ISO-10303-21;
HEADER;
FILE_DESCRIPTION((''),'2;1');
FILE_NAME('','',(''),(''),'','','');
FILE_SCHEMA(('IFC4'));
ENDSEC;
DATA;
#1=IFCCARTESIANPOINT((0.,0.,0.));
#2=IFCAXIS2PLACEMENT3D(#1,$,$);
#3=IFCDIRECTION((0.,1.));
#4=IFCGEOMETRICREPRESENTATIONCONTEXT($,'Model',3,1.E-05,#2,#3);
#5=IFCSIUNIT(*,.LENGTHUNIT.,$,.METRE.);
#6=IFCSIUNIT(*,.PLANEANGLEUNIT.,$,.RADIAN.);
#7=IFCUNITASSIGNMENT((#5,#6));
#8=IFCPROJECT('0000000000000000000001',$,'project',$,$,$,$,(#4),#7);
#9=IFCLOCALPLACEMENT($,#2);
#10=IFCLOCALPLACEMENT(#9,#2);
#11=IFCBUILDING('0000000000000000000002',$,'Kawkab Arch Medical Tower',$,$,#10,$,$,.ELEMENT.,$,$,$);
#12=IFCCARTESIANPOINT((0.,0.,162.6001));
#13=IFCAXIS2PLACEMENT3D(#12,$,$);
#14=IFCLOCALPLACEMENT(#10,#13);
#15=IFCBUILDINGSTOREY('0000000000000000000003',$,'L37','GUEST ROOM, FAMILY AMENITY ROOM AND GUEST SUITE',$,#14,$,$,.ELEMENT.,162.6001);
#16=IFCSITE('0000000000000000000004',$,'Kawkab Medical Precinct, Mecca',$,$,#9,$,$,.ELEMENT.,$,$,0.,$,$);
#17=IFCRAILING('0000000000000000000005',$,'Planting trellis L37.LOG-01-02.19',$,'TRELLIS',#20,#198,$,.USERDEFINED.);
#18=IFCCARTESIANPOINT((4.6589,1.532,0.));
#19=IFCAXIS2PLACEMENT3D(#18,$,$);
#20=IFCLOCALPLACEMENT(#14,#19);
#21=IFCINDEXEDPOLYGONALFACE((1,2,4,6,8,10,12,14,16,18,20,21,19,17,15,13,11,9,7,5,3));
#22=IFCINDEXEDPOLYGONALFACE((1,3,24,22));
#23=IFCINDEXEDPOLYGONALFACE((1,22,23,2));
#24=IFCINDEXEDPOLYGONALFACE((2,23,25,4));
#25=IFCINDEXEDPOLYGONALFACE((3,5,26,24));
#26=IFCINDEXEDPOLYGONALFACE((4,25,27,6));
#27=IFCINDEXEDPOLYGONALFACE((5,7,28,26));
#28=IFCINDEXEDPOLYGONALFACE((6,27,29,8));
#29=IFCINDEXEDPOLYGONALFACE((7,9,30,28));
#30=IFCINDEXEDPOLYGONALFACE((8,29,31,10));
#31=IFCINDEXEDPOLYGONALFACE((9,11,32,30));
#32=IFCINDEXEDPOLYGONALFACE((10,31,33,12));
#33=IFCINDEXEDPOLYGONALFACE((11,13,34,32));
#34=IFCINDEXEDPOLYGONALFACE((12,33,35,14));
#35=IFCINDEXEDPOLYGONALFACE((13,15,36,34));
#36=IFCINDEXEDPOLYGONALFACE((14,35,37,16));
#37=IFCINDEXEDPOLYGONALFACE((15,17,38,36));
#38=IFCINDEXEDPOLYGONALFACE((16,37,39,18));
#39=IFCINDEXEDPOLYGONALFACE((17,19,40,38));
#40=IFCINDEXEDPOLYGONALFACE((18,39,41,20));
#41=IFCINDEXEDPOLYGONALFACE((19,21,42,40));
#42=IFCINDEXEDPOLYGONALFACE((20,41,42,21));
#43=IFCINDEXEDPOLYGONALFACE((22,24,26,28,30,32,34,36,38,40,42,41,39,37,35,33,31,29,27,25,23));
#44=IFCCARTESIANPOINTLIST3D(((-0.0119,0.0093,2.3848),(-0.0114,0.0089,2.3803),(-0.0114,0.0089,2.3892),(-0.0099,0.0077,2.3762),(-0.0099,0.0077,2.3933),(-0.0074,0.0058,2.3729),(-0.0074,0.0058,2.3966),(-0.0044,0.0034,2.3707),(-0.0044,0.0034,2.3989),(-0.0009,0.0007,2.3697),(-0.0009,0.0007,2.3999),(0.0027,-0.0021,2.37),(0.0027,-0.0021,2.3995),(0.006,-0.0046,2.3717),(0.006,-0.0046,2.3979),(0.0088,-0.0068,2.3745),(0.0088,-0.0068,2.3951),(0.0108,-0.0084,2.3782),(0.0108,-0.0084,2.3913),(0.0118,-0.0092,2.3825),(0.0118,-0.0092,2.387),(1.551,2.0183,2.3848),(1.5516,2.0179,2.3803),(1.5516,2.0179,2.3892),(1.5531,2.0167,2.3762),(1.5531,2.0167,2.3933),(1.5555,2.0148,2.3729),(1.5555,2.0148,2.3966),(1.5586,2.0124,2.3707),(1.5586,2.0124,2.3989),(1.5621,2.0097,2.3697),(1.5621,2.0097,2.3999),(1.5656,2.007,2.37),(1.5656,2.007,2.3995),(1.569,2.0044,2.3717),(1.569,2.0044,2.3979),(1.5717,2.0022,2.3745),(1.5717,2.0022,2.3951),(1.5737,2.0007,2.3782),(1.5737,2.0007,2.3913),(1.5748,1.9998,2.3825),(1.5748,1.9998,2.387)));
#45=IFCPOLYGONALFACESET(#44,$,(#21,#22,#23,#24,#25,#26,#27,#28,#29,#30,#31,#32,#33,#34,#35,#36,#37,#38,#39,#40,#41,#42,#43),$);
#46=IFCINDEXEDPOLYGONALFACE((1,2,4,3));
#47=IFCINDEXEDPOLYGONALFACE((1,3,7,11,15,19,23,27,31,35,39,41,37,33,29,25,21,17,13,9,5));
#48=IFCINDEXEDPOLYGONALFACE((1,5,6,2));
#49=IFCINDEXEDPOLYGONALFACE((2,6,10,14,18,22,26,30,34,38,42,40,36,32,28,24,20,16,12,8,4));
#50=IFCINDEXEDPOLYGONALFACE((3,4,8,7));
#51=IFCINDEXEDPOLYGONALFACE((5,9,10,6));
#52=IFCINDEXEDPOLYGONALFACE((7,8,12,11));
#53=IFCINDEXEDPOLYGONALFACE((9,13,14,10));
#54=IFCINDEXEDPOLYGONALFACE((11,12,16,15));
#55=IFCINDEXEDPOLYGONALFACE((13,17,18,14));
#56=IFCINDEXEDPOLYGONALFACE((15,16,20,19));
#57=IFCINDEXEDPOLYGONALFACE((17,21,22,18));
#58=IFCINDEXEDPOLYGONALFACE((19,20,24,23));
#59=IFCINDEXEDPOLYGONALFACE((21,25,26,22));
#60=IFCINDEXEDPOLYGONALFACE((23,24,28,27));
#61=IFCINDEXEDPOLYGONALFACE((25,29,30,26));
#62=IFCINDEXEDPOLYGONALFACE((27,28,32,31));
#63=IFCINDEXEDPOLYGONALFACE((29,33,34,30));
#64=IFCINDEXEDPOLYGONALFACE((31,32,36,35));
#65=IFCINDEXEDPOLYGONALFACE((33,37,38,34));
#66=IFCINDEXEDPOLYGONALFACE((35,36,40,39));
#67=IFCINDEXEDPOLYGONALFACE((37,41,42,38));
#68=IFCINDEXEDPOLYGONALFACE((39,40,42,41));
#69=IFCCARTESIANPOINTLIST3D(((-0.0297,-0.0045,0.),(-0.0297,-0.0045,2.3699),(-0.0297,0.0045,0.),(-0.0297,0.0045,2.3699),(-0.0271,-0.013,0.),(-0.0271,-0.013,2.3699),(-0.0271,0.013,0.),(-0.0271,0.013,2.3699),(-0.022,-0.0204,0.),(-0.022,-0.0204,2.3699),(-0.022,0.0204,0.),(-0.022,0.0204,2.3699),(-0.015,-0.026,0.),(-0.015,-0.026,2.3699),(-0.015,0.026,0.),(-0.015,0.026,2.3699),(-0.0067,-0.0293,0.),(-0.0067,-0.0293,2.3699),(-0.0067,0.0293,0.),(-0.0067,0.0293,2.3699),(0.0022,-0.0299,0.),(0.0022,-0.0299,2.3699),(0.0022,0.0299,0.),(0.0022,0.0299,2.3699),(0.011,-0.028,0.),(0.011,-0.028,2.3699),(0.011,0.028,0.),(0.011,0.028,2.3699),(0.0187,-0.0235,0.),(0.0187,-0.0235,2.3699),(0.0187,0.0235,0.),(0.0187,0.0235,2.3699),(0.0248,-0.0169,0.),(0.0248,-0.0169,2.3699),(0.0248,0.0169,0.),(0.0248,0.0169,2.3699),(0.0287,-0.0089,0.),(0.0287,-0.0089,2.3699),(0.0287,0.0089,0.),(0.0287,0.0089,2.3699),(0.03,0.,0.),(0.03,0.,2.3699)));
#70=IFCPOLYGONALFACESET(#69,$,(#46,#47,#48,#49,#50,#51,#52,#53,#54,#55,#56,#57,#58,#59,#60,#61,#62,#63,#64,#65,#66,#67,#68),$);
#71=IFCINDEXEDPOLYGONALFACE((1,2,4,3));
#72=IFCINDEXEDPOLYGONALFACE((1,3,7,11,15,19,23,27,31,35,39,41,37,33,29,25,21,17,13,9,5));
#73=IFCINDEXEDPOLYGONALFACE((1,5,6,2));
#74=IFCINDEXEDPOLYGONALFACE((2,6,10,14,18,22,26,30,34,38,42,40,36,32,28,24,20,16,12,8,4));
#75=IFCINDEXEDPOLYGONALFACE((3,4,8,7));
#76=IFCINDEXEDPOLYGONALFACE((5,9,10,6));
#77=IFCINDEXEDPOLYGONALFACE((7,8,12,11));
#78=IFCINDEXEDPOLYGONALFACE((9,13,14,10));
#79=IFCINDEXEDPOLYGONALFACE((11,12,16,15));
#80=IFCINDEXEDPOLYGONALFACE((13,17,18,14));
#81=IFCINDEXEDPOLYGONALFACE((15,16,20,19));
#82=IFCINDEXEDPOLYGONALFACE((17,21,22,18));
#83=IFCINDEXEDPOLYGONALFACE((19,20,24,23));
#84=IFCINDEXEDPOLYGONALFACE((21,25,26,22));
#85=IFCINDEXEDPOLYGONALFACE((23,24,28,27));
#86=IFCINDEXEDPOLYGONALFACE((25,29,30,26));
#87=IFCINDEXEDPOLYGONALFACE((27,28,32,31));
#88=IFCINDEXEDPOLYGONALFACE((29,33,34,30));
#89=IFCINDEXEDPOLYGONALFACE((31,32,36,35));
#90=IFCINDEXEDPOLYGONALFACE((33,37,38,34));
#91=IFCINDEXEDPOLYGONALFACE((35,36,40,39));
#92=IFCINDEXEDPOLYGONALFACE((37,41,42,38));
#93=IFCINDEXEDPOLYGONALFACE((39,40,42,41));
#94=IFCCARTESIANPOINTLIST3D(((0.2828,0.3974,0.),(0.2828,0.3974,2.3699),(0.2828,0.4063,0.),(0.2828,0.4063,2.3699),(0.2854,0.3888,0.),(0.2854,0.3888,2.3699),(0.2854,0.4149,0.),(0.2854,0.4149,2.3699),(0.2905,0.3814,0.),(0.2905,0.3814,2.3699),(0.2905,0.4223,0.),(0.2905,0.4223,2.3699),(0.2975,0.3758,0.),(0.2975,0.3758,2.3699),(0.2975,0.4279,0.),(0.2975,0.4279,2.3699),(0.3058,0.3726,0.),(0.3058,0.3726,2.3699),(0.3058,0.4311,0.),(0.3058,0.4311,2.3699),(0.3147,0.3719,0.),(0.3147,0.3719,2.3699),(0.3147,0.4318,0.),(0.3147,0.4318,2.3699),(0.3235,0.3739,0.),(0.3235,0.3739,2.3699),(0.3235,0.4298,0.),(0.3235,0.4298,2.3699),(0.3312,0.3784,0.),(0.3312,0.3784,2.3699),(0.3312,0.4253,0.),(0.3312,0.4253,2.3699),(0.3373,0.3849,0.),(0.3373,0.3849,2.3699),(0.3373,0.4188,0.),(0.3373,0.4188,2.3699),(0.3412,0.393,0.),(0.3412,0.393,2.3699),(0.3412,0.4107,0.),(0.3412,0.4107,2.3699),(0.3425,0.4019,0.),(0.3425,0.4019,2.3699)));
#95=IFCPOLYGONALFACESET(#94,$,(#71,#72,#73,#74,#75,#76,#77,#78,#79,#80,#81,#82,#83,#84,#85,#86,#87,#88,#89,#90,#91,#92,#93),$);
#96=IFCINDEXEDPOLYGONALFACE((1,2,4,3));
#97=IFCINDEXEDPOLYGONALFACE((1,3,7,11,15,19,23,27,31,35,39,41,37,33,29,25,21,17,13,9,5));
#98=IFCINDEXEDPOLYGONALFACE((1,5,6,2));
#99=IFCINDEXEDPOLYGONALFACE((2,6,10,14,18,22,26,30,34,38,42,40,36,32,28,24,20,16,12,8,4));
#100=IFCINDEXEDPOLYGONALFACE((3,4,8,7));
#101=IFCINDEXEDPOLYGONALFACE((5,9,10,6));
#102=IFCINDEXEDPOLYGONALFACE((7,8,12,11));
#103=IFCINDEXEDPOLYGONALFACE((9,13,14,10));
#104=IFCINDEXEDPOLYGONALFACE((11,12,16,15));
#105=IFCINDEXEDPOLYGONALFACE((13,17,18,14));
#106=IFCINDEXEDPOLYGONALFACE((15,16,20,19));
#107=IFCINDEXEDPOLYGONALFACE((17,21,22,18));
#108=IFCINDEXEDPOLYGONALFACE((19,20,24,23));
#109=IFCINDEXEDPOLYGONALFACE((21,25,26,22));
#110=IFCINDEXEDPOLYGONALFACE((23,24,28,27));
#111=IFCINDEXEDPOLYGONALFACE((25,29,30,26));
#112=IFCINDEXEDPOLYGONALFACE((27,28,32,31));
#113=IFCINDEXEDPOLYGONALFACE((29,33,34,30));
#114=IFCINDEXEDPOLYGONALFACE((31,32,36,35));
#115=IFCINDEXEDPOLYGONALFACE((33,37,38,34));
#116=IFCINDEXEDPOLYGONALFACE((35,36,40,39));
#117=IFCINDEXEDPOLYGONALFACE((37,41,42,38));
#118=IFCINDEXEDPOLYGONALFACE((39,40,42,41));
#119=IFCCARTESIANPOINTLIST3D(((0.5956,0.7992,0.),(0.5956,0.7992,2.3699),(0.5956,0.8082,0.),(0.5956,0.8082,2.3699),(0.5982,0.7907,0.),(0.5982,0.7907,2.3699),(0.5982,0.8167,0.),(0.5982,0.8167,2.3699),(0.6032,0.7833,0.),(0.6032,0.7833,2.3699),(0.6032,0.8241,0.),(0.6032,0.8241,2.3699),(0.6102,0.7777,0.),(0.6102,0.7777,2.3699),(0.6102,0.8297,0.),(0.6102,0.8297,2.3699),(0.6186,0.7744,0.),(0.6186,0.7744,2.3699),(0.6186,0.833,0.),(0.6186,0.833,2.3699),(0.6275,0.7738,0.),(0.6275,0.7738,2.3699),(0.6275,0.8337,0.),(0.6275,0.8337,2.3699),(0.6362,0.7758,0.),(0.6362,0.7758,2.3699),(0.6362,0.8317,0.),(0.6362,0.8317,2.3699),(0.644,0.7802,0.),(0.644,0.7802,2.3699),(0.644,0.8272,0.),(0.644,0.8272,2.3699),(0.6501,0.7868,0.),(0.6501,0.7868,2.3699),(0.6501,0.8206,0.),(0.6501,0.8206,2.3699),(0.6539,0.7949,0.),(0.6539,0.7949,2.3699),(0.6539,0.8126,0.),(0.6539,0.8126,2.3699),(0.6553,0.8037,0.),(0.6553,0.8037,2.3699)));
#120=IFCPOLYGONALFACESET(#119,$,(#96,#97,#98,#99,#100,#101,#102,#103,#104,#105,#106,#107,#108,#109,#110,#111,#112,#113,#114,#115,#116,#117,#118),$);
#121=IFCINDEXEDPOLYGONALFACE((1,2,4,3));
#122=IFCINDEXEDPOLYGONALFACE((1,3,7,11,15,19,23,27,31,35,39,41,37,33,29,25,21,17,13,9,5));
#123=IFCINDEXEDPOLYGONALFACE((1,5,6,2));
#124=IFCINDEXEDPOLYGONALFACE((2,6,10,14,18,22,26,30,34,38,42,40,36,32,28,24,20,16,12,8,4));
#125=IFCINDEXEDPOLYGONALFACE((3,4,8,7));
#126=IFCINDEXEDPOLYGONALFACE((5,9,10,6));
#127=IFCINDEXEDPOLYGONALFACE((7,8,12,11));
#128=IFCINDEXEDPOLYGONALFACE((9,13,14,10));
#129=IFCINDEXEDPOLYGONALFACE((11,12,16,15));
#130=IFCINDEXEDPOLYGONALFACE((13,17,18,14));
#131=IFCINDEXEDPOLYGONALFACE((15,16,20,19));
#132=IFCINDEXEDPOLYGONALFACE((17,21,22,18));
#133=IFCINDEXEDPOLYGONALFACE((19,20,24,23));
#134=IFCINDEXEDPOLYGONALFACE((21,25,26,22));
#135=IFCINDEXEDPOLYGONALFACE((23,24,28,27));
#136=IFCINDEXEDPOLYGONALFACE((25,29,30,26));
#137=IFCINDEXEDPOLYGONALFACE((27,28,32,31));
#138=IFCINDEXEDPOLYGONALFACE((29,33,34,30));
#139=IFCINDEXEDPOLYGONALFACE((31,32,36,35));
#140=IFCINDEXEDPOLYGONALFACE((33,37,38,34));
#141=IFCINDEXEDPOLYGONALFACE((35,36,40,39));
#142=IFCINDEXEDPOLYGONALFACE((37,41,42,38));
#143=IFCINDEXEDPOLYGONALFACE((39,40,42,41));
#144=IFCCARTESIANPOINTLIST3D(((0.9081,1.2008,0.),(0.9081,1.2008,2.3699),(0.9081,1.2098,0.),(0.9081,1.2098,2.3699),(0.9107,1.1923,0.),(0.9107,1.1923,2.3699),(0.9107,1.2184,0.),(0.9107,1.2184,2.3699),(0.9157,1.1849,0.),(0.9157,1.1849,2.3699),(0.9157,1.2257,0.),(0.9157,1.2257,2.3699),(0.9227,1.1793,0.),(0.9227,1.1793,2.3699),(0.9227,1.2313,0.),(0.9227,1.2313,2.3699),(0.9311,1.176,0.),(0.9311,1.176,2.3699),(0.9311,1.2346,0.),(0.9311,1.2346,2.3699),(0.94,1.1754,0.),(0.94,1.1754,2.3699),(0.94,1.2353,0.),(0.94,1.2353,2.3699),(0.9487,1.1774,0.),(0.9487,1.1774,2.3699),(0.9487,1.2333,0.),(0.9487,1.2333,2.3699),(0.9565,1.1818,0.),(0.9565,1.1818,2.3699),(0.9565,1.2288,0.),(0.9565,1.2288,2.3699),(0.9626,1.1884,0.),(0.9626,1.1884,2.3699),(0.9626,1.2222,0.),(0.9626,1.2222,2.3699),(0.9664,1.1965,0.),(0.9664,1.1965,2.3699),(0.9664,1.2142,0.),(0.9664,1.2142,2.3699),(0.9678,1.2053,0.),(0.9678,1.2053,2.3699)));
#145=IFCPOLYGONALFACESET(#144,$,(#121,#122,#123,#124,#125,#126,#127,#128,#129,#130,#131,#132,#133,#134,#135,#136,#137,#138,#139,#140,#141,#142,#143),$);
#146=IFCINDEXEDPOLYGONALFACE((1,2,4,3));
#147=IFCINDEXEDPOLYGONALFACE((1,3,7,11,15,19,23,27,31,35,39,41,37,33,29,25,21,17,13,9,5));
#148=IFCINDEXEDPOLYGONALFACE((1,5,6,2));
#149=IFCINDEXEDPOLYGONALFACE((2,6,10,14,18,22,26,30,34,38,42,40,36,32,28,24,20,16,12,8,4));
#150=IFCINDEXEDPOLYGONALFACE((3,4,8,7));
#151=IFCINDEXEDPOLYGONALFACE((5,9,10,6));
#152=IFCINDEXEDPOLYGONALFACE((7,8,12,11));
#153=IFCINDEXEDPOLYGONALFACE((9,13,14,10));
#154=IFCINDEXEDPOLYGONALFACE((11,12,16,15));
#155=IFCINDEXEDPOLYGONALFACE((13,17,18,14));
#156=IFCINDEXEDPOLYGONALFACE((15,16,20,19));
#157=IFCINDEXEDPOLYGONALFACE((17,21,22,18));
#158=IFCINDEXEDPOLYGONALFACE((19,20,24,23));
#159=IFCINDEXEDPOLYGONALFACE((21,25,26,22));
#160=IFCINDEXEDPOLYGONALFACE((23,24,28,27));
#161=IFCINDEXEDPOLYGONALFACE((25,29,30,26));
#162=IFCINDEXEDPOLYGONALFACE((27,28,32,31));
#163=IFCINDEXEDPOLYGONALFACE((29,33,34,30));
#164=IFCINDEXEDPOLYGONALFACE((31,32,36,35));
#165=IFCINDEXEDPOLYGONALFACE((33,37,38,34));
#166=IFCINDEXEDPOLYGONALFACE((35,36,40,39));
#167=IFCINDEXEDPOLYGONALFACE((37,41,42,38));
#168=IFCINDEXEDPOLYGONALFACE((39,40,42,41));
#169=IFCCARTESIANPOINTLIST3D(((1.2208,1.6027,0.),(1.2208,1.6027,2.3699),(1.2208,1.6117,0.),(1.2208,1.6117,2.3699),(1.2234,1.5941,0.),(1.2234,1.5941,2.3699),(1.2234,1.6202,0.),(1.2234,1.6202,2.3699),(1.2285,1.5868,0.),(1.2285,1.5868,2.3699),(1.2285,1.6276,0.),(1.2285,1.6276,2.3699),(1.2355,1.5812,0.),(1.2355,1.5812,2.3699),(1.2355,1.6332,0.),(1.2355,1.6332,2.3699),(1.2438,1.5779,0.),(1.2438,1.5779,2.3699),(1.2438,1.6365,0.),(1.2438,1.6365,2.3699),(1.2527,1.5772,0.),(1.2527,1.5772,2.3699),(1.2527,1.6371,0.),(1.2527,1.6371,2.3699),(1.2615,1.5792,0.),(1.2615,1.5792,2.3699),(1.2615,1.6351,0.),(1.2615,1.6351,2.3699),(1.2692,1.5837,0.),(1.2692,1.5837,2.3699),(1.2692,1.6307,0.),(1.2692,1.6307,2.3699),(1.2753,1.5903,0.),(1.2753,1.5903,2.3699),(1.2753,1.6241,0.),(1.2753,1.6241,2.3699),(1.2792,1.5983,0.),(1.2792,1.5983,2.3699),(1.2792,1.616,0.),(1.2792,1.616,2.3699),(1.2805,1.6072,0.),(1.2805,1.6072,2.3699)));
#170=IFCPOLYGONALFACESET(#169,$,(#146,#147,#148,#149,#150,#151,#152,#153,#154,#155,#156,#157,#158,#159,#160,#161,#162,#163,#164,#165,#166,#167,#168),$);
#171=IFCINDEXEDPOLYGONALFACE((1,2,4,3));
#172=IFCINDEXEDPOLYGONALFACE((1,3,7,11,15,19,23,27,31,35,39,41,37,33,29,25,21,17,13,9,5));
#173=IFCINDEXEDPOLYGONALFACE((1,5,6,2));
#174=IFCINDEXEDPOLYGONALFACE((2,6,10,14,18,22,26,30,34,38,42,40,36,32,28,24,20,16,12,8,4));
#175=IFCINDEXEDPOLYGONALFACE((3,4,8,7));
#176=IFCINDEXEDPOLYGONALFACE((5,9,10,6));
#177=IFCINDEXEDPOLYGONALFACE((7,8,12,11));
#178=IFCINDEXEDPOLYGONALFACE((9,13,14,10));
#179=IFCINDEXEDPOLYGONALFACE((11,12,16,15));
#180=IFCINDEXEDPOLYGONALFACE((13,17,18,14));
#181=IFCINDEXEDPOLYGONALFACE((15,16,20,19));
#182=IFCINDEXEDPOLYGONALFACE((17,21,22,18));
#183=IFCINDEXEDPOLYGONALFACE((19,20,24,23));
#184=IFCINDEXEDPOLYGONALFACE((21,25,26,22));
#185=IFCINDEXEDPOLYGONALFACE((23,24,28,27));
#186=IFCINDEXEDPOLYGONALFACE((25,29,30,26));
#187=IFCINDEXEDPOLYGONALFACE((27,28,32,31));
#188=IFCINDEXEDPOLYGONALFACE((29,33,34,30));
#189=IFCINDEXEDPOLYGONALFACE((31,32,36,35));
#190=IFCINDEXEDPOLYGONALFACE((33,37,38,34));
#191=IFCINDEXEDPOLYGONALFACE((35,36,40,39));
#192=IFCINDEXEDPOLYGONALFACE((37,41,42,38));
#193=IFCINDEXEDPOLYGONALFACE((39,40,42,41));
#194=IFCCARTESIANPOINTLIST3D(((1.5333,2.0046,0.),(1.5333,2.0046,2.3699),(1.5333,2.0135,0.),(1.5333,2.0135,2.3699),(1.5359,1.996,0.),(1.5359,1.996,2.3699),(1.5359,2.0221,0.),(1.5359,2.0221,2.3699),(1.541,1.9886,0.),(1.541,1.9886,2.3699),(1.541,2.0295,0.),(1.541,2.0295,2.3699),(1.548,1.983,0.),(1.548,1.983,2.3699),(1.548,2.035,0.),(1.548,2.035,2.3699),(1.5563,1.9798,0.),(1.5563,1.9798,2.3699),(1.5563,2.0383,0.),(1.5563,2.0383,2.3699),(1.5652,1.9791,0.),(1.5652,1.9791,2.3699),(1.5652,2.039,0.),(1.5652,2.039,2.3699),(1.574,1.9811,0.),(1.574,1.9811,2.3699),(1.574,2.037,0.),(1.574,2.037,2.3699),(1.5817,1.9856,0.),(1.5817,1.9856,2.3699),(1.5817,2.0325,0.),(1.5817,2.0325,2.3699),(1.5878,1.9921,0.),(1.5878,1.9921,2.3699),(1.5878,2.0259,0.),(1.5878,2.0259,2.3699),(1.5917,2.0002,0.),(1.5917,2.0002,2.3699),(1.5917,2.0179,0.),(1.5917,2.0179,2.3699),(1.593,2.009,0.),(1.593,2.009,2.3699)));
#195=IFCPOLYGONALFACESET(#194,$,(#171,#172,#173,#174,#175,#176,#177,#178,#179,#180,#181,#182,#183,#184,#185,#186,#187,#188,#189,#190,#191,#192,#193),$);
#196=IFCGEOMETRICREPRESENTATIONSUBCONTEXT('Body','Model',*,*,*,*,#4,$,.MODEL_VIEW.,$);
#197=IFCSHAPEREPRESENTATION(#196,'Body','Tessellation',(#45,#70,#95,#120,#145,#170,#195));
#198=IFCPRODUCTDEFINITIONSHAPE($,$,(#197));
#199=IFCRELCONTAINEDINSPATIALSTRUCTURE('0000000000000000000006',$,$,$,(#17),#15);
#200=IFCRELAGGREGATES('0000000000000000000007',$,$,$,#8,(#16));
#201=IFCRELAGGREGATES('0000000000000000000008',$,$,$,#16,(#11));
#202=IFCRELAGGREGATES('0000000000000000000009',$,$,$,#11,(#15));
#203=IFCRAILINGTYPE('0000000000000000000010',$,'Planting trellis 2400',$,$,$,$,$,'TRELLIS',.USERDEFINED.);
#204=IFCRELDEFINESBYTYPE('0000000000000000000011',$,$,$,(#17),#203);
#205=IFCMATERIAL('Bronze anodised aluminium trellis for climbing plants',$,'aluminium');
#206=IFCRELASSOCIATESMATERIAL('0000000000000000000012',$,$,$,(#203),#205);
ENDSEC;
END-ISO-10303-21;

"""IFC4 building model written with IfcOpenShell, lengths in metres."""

from ifc_helpers import new_model, si_unit, direction, frame, origin, origin_2d, place, context, subcontext, project, spatial, circle, extrude, material, type_object, element, save


model = new_model("IFC4")

# Units and contexts
model_context = context("Model", 3, precision=1e-05, world=origin(), true_north=direction((0.0, 1.0)))
body_context = subcontext(model_context, "Body", "Model", "MODEL_VIEW")
ifc_project = project(units=[si_unit("LENGTHUNIT", "METRE"), si_unit("PLANEANGLEUNIT", "RADIAN")], contexts=[model_context])

# Site, building, storey
site_placement = place(None, origin())
site = spatial("IfcSite", under=ifc_project, at=site_placement, Name="Kawkab Medical Precinct, Mecca", CompositionType="ELEMENT", RefElevation=0.0)
building_placement = place(site_placement, origin())
building = spatial("IfcBuilding", under=site, at=building_placement, Name="Kawkab Arch Medical Tower", CompositionType="ELEMENT")
storey_placement = place(building_placement, frame((0.0, 0.0, 162.6001)))
storey = spatial("IfcBuildingStorey", under=building, at=storey_placement, Name="L37", Description="GUEST ROOM, FAMILY AMENITY ROOM AND GUEST SUITE", CompositionType="ELEMENT", Elevation=162.6001)

# Railing
ifc_material_1 = material(Name="Bronze anodised aluminium trellis for climbing plants", Category="aluminium")
railing_type = type_object("IfcRailingType", Name="Planting trellis 2400", ElementType="TRELLIS", PredefinedType="USERDEFINED", material=ifc_material_1)
railing_1_placement = place(storey_placement, frame((4.6589, 1.532, 0.0)))
element("IfcRailing", 1, at=railing_1_placement, inside=storey, type_object=railing_type, Name="Planting trellis L37.LOG-01-02.19", ObjectType="TRELLIS", PredefinedType="USERDEFINED", context=body_context, shape_type="SweptSolid", body=[
    extrude(circle(Radius=0.0151, at=origin_2d()), frame((0.0, 0.0, 2.3848), z_axis=(0.61404, 0.789275, 0.0), x_axis=(-0.789275, 0.61404, 0.0)), (0.0, 0.0, 1.0), 2.5454),
    extrude(circle(Radius=0.03, at=origin_2d()), origin(), (0.0, 0.0, 1.0), 2.3699),
    extrude(circle(Radius=0.03, at=origin_2d()), frame((0.3125, 0.4019, 0.0)), (0.0, 0.0, 1.0), 2.3699),
    extrude(circle(Radius=0.03, at=origin_2d()), frame((0.6252, 0.8037, 0.0)), (0.0, 0.0, 1.0), 2.3699),
    extrude(circle(Radius=0.03, at=origin_2d()), frame((0.9377, 1.2053, 0.0)), (0.0, 0.0, 1.0), 2.3699),
    extrude(circle(Radius=0.03, at=origin_2d()), frame((1.2505, 1.6072, 0.0)), (0.0, 0.0, 1.0), 2.3699),
    extrude(circle(Radius=0.03, at=origin_2d()), frame((1.563, 2.009, 0.0)), (0.0, 0.0, 1.0), 2.3699),
])

save(model, "model.ifc")
